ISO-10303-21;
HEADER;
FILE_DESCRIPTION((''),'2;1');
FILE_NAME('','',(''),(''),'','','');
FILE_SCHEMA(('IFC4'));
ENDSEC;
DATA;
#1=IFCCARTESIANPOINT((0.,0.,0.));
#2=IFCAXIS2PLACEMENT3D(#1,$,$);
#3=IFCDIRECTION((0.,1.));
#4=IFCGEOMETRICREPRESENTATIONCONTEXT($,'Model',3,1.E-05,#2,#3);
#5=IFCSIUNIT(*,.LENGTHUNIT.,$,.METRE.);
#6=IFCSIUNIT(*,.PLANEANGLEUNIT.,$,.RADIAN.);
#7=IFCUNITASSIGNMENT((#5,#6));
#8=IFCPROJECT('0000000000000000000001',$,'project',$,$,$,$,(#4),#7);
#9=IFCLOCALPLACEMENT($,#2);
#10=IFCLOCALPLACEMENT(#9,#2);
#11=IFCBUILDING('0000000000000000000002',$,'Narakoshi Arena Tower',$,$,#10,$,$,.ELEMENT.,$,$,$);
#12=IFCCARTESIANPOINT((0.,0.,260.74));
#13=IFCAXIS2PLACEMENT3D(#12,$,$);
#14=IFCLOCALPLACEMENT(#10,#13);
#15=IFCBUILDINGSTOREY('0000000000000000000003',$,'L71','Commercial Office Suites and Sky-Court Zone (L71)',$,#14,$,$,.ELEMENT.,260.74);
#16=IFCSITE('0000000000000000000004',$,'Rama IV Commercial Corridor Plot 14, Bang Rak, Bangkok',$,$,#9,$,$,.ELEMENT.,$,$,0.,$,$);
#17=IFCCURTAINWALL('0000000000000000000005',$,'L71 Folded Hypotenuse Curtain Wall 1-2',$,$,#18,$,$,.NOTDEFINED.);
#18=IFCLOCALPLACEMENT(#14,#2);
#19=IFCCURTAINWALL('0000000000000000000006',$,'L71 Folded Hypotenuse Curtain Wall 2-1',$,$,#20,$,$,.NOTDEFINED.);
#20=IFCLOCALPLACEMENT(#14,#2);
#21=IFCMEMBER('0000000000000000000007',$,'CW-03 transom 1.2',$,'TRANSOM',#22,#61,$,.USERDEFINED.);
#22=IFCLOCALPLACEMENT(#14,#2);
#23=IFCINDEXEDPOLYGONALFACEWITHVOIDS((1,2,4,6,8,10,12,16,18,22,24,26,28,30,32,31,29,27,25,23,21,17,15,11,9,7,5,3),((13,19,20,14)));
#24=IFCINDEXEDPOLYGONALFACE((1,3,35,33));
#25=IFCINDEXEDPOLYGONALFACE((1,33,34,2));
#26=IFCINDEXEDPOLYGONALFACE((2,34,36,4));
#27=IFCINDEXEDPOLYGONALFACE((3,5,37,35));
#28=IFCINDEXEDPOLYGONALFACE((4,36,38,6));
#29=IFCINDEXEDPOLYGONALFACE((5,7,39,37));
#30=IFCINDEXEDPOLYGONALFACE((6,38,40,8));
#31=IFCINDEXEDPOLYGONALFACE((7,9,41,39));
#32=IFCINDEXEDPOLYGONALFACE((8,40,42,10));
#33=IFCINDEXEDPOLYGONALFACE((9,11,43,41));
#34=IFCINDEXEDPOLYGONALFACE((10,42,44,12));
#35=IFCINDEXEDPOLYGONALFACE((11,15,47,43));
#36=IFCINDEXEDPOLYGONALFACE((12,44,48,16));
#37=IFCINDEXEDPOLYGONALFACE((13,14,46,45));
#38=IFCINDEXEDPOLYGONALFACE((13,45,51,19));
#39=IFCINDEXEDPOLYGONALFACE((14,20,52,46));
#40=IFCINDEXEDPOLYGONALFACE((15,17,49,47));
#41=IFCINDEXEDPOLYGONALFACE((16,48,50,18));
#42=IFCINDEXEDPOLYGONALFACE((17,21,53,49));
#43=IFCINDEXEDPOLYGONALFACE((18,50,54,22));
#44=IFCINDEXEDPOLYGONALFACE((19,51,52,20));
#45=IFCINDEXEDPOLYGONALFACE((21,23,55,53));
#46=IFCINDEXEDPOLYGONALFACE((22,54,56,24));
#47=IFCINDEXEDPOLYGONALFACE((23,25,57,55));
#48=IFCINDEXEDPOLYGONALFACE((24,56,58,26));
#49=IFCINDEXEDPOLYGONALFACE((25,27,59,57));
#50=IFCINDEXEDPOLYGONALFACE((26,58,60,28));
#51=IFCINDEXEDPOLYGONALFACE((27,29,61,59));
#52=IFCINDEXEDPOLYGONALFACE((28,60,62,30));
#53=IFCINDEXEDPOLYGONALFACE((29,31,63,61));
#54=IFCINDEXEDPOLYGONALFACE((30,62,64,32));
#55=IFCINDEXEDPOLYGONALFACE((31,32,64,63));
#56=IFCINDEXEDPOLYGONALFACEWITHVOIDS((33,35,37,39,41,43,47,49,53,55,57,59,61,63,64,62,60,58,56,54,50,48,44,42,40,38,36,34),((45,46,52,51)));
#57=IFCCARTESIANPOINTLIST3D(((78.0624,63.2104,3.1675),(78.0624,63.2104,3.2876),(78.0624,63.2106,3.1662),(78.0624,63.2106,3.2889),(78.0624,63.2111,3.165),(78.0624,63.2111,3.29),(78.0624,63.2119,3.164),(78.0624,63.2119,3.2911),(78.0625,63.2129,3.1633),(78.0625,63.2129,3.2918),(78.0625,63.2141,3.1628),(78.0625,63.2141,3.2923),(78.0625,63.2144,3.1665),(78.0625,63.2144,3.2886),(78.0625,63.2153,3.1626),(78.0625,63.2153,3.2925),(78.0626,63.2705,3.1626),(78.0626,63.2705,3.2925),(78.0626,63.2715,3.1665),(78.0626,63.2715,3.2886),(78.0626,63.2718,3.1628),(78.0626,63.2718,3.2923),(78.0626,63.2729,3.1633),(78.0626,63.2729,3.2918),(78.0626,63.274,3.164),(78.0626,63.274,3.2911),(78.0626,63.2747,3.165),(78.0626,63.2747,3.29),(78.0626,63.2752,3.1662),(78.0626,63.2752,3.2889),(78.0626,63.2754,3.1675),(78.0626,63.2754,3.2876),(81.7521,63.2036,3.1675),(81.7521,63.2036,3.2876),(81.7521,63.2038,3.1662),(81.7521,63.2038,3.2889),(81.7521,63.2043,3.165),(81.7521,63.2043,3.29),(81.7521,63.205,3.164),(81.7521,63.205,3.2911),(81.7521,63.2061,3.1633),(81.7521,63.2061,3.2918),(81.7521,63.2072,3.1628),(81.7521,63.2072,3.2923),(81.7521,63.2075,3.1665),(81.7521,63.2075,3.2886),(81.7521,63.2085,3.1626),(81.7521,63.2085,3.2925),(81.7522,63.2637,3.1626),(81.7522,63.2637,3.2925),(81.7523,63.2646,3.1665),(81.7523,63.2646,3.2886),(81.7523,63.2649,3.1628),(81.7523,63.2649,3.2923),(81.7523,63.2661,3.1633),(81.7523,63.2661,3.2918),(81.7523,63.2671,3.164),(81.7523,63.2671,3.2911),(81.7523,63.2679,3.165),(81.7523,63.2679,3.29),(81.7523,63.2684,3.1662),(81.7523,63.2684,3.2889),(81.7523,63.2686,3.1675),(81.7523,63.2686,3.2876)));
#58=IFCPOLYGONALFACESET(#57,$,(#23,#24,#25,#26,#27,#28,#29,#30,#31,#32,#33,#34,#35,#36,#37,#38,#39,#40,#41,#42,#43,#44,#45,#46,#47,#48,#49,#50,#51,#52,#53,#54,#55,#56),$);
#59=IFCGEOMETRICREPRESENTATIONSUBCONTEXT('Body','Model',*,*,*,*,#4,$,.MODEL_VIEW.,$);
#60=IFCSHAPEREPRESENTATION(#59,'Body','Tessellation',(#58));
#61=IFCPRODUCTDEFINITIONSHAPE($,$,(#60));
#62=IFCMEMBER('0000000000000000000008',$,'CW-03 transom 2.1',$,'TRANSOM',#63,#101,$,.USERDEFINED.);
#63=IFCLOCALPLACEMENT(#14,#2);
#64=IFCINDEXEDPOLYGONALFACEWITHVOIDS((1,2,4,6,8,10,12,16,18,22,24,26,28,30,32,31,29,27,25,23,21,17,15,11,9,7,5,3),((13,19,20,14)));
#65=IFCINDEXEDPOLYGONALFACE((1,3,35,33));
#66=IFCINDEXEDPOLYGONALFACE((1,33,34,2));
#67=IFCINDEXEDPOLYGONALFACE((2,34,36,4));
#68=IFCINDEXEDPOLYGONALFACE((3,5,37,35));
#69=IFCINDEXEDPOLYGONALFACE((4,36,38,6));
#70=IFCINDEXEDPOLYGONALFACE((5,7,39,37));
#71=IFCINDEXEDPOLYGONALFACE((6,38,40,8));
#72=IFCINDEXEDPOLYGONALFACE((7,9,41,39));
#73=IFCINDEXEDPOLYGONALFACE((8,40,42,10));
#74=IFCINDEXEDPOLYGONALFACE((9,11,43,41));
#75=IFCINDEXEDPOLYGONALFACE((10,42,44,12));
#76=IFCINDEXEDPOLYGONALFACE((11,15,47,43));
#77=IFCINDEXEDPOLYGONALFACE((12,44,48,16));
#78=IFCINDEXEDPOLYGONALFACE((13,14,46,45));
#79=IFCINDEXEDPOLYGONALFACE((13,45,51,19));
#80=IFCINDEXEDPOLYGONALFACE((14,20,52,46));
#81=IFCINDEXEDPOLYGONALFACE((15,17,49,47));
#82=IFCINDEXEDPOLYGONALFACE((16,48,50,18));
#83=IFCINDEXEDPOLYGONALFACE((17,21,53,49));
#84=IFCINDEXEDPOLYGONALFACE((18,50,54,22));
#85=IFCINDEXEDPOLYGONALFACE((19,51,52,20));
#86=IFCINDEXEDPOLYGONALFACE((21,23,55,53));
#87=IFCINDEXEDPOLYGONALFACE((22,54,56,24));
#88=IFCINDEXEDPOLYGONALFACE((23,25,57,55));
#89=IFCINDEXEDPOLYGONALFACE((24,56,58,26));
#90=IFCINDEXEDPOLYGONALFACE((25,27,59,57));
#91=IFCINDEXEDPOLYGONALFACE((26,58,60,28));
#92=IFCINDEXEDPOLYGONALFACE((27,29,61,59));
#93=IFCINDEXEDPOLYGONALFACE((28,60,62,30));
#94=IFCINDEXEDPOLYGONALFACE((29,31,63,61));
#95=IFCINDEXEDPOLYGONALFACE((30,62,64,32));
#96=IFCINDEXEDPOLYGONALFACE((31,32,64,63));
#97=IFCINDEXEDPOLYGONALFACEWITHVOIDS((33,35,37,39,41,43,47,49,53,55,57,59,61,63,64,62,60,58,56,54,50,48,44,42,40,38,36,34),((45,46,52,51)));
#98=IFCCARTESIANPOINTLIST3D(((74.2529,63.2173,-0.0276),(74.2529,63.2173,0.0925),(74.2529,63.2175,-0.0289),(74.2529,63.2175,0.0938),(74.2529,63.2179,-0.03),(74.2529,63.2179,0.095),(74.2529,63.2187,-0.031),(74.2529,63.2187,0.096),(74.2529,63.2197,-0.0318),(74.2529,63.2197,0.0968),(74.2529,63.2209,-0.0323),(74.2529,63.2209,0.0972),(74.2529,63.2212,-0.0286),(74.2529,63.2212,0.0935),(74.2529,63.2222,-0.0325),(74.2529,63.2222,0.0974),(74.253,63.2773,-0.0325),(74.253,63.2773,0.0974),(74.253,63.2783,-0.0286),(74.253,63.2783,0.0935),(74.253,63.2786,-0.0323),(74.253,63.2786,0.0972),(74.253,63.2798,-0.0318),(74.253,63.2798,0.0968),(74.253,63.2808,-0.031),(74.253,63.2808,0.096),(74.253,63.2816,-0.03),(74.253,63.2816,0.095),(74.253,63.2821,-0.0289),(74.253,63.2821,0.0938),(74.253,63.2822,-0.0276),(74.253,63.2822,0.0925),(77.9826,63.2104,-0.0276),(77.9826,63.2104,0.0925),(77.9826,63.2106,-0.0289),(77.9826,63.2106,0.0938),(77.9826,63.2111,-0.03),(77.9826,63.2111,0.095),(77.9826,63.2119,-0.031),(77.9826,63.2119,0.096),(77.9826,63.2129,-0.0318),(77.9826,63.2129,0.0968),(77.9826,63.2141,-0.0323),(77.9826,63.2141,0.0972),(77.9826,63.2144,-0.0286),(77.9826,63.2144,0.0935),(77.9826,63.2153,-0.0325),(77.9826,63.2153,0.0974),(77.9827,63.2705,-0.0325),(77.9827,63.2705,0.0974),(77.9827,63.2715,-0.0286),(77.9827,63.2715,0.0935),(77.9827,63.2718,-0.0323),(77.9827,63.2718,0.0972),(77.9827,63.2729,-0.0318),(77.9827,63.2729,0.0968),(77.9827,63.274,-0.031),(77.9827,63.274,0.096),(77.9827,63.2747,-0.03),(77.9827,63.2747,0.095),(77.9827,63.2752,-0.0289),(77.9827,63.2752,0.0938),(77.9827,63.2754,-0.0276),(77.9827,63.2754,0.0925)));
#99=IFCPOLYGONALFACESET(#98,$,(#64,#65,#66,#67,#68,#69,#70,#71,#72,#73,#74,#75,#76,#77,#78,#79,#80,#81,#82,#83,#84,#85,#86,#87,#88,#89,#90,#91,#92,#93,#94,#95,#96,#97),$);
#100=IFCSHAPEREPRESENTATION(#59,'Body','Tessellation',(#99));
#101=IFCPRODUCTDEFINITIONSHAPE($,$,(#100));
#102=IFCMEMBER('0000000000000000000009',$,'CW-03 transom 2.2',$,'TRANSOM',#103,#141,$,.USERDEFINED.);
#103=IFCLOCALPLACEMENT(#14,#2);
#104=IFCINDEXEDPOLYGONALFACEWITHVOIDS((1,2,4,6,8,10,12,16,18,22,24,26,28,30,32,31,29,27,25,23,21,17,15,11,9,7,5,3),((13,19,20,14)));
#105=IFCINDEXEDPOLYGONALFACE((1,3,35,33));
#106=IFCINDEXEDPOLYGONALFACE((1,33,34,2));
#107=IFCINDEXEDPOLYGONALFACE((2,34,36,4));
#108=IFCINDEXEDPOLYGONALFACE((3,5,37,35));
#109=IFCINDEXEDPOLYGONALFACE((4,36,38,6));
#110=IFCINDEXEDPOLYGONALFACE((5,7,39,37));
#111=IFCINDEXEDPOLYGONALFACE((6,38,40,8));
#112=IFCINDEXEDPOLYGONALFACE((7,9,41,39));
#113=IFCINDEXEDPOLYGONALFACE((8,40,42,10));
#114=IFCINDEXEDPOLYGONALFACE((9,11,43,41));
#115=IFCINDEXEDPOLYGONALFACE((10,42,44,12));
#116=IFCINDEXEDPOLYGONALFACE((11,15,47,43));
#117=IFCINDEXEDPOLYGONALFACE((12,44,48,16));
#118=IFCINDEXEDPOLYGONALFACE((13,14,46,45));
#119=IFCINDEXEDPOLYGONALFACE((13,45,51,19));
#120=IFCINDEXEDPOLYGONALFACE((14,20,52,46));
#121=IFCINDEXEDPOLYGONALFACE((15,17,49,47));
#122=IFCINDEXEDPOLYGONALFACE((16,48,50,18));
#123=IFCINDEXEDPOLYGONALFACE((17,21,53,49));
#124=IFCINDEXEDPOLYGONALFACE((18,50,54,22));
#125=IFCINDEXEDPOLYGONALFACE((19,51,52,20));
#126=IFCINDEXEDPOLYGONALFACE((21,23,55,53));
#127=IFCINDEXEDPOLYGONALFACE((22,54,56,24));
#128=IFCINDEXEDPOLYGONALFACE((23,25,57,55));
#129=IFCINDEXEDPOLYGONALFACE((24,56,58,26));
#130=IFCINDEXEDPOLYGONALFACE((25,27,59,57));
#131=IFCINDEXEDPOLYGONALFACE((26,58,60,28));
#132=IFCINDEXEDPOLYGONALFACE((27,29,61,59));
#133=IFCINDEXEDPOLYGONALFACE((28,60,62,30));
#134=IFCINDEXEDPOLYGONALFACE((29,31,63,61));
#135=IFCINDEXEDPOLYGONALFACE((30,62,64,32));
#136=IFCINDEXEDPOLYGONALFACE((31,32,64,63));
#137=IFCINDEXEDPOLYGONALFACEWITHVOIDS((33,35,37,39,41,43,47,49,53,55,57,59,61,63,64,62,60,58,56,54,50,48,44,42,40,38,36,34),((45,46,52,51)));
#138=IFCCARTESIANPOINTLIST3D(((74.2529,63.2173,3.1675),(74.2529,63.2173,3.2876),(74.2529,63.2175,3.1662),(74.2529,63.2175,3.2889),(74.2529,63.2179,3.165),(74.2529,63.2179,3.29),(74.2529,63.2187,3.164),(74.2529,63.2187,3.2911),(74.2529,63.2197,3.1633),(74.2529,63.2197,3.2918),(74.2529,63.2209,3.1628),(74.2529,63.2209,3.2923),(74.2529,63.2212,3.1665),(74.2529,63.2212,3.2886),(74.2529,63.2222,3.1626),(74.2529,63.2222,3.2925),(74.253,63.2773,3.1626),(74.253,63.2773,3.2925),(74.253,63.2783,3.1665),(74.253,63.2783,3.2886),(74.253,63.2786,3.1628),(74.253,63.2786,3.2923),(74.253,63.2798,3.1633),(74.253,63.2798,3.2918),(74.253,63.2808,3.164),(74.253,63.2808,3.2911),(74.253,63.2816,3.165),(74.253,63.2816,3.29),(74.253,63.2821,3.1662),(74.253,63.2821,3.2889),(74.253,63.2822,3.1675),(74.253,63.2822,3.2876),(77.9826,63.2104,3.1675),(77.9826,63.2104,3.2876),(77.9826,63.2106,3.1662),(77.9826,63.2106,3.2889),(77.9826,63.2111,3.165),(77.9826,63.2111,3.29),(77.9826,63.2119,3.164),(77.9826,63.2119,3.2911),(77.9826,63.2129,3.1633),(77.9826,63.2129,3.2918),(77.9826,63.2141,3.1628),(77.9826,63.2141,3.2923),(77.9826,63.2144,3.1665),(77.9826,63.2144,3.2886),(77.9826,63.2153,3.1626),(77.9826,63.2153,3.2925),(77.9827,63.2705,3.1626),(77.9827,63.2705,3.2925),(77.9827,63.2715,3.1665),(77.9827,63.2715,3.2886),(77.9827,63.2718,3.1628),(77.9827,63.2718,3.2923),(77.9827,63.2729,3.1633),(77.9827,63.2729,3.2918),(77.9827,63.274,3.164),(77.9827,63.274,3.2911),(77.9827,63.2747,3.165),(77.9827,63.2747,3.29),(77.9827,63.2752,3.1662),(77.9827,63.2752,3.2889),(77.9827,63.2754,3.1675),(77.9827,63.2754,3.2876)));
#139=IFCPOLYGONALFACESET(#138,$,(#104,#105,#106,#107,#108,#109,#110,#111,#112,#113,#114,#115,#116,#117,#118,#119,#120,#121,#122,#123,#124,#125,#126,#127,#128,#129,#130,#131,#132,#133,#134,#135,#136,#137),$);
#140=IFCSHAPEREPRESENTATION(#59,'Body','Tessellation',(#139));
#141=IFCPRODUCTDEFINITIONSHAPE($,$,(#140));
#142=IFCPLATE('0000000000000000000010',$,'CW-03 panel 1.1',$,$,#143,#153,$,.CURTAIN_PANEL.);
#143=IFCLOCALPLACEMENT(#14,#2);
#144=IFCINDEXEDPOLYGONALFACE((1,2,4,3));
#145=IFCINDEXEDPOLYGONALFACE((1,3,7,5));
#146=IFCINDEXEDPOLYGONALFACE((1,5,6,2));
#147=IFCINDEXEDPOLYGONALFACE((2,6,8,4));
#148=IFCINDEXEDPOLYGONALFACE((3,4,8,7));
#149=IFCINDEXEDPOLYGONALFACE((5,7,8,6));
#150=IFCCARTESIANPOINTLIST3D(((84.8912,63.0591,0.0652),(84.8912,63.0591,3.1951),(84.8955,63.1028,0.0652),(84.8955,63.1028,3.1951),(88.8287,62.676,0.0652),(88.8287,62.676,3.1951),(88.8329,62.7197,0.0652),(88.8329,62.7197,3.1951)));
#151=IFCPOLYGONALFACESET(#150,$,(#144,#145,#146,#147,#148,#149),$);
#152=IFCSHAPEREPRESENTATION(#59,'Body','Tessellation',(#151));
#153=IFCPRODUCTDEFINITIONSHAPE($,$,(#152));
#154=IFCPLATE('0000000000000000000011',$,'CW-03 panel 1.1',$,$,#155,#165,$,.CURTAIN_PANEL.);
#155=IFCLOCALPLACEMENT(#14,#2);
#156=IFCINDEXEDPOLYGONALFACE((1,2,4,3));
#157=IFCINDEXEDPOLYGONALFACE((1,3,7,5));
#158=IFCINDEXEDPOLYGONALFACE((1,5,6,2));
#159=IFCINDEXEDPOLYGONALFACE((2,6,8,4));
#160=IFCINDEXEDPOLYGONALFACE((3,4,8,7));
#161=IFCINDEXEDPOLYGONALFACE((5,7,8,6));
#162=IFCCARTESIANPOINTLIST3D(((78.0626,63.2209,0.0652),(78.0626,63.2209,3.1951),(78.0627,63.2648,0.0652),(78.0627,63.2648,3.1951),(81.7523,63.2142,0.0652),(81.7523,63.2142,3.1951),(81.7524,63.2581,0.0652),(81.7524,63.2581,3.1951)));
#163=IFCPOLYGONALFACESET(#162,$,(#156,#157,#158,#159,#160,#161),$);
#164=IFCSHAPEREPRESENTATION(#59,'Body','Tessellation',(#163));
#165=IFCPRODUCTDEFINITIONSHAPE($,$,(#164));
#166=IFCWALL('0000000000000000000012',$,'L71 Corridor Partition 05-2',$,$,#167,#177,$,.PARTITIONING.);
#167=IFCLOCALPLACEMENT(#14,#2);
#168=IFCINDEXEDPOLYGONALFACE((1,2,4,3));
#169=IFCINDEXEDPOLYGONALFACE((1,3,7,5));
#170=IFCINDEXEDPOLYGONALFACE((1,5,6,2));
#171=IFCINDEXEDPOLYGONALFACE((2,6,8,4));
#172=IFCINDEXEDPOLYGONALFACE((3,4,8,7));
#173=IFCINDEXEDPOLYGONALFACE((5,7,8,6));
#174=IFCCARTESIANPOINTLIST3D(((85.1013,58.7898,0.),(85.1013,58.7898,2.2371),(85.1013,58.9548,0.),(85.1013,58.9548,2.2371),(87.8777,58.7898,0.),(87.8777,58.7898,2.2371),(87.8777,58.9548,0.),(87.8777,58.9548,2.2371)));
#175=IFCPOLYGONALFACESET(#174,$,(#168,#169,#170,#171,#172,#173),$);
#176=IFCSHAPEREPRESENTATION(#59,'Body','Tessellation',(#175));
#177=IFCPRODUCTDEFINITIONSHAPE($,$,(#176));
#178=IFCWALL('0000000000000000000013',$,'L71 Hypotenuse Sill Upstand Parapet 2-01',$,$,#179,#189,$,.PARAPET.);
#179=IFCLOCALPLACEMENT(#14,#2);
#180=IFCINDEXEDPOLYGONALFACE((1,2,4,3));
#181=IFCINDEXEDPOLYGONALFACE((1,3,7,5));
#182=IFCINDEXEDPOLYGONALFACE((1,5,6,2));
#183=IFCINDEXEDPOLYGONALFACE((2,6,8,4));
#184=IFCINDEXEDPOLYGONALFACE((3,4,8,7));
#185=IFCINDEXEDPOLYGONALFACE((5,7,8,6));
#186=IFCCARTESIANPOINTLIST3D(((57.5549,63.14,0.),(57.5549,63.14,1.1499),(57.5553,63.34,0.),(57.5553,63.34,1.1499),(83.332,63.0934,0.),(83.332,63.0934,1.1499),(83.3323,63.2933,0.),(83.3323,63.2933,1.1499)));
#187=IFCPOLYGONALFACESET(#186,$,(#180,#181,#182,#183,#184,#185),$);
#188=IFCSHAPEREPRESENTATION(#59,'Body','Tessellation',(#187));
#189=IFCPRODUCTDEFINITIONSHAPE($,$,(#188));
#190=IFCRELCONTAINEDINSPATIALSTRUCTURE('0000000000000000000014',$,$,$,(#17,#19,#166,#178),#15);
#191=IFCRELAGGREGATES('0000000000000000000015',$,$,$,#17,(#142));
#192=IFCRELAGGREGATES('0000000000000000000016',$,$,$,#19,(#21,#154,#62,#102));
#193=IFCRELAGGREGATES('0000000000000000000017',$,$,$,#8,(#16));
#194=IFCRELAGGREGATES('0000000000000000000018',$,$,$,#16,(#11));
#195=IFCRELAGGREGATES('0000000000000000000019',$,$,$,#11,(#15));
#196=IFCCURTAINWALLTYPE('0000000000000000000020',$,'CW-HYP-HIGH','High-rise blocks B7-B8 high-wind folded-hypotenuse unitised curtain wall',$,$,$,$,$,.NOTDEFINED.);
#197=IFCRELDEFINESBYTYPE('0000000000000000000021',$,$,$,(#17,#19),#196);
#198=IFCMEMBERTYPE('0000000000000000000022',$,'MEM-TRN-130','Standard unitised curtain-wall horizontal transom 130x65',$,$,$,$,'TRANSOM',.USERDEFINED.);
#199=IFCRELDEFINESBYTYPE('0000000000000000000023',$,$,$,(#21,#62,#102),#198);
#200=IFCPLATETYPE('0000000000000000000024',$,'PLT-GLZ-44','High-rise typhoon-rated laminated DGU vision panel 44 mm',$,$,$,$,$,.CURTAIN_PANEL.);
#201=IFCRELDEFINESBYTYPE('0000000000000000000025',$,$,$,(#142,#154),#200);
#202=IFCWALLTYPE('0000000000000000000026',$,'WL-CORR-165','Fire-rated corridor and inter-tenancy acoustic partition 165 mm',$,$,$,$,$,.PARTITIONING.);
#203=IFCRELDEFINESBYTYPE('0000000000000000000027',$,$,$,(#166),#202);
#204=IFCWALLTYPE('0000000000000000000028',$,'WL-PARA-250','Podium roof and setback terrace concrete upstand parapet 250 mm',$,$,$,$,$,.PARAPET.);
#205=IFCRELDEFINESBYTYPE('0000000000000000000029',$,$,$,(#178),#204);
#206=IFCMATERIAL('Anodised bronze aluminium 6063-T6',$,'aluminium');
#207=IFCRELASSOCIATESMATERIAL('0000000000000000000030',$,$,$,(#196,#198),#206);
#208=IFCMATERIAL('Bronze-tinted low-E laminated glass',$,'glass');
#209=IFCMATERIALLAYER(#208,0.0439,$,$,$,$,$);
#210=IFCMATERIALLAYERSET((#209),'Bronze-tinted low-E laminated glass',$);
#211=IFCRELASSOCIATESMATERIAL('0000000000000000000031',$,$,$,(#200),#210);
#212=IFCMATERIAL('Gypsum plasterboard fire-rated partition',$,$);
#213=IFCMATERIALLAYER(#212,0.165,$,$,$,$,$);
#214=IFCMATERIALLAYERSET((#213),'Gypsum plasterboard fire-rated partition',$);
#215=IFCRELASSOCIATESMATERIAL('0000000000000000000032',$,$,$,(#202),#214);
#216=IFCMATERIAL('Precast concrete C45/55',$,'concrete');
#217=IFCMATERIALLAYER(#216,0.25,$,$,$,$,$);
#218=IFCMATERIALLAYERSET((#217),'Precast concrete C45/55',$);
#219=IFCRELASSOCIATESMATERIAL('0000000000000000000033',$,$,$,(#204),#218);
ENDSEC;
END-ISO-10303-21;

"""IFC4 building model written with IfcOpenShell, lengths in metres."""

from ifc_helpers import new_model, si_unit, direction, frame, frame_2d, origin, origin_2d, place, context, subcontext, project, spatial, rectangle, hollow_rectangle, extrude, material, layer, layer_set, material_profile, profile_set, type_object, element, aggregate, save


model = new_model("IFC4")

# Units and contexts
model_context = context("Model", 3, precision=1e-05, world=origin(), true_north=direction((0.0, 1.0)))
body_context = subcontext(model_context, "Body", "Model", "MODEL_VIEW")
ifc_project = project(units=[si_unit("LENGTHUNIT", "METRE"), si_unit("PLANEANGLEUNIT", "RADIAN")], contexts=[model_context])

# Site, building, storey
site_placement = place(None, origin())
site = spatial("IfcSite", under=ifc_project, at=site_placement, Name="Rama IV Commercial Corridor Plot 14, Bang Rak, Bangkok", CompositionType="ELEMENT", RefElevation=0.0)
building_placement = place(site_placement, origin())
building = spatial("IfcBuilding", under=site, at=building_placement, Name="Narakoshi Arena Tower", CompositionType="ELEMENT")
storey_placement = place(building_placement, frame((0.0, 0.0, 260.74)))
storey = spatial("IfcBuildingStorey", under=building, at=storey_placement, Name="L71", Description="Commercial Office Suites and Sky-Court Zone (L71)", CompositionType="ELEMENT", Elevation=260.74)

# Curtain wall
ifc_material_1 = material(Name="Anodised bronze aluminium 6063-T6", Category="aluminium")
curtain_wall_type = type_object("IfcCurtainWallType", Name="CW-HYP-HIGH", Description="High-rise blocks B7-B8 high-wind folded-hypotenuse unitised curtain wall", PredefinedType="NOTDEFINED", material=ifc_material_1)
curtain_wall_1_placement = place(storey_placement, origin())
curtain_wall_1 = element("IfcCurtainWall", 1, at=curtain_wall_1_placement, inside=storey, type_object=curtain_wall_type, Name="L71 Folded Hypotenuse Curtain Wall 1-2", PredefinedType="NOTDEFINED")

# Curtain wall, members
curtain_wall_2_placement = place(storey_placement, origin())
curtain_wall_2 = element("IfcCurtainWall", 2, at=curtain_wall_2_placement, inside=storey, type_object=curtain_wall_type, Name="L71 Folded Hypotenuse Curtain Wall 2-1", PredefinedType="NOTDEFINED")
ifc_material_profile_1 = material_profile(ifc_material_1, hollow_rectangle(XDim=0.0649, YDim=0.1299, WallThickness=0.0039, OuterFilletRadius=0.0049, at=origin_2d()), Name="TRN130x65x4")
ifc_profile_set_1 = profile_set([ifc_material_profile_1], Name="Anodised bronze aluminium 6063-T6")
member_type_1 = type_object("IfcMemberType", Name="MEM-TRN-130", Description="Standard unitised curtain-wall horizontal transom 130x65", ElementType="TRANSOM", PredefinedType="USERDEFINED", material=ifc_profile_set_1)
member_1_placement = place(storey_placement, frame((81.7522, 63.2361, 3.2275), z_axis=(-0.999998, 0.001853, 0.0), x_axis=(-0.001853, -0.999998, 0.0)))
member_1 = element("IfcMember", 3, at=member_1_placement, type_object=member_type_1, Name="CW-03 transom 1.2", ObjectType="TRANSOM", PredefinedType="USERDEFINED", context=body_context, shape_type="SweptSolid", body=[
    extrude(hollow_rectangle(XDim=0.0649, YDim=0.1299, WallThickness=0.0039, OuterFilletRadius=0.0049, at=origin_2d()), origin(), (0.0, 0.0, 1.0), 3.6897),
])
member_2_placement = place(storey_placement, frame((77.9827, 63.2429, 0.0325), z_axis=(-0.999998, 0.001833, 0.0), x_axis=(-0.001833, -0.999998, 0.0)))
member_2 = element("IfcMember", 4, at=member_2_placement, type_object=member_type_1, Name="CW-03 transom 2.1", ObjectType="TRANSOM", PredefinedType="USERDEFINED", context=body_context, shape_type="SweptSolid", body=[
    extrude(hollow_rectangle(XDim=0.0649, YDim=0.1299, WallThickness=0.0039, OuterFilletRadius=0.0049, at=origin_2d()), origin(), (0.0, 0.0, 1.0), 3.7297),
])
member_3_placement = place(storey_placement, frame((77.9827, 63.2429, 3.2275), z_axis=(-0.999998, 0.001833, 0.0), x_axis=(-0.001833, -0.999998, 0.0)))
member_3 = element("IfcMember", 5, at=member_3_placement, type_object=member_type_1, Name="CW-03 transom 2.2", ObjectType="TRANSOM", PredefinedType="USERDEFINED", context=body_context, shape_type="SweptSolid", body=[
    extrude(hollow_rectangle(XDim=0.0649, YDim=0.1299, WallThickness=0.0039, OuterFilletRadius=0.0049, at=origin_2d()), origin(), (0.0, 0.0, 1.0), 3.7297),
])

# Plates
ifc_material_2 = material(Name="Bronze-tinted low-E laminated glass", Category="glass")
ifc_layer_1 = layer(ifc_material_2, 0.0439)
ifc_layer_set_1 = layer_set([ifc_layer_1], Name="Bronze-tinted low-E laminated glass")
plate_type = type_object("IfcPlateType", Name="PLT-GLZ-44", Description="High-rise typhoon-rated laminated DGU vision panel 44 mm", PredefinedType="CURTAIN_PANEL", material=ifc_layer_set_1)
plate_1_placement = place(storey_placement, frame((86.8621, 62.8894, 0.0652), z_axis=(0.0, 0.0, 1.0), x_axis=(-0.9953, 0.096843, 0.0)))
plate_1 = element("IfcPlate", 6, at=plate_1_placement, type_object=plate_type, Name="CW-03 panel 1.1", PredefinedType="CURTAIN_PANEL", context=body_context, shape_type="SweptSolid", body=[
    extrude(rectangle(XDim=3.9561, YDim=0.0439, at=origin_2d()), origin(), (0.0, 0.0, 1.0), 3.1299),
])
aggregate(curtain_wall_1, [plate_1])
plate_2_placement = place(storey_placement, frame((79.9075, 63.2395, 0.0652), z_axis=(0.0, 0.0, 1.0), x_axis=(-0.999998, 0.00182, 0.0)))
plate_2 = element("IfcPlate", 7, at=plate_2_placement, type_object=plate_type, Name="CW-03 panel 1.1", PredefinedType="CURTAIN_PANEL", context=body_context, shape_type="SweptSolid", body=[
    extrude(rectangle(XDim=3.6897, YDim=0.0439, at=origin_2d()), origin(), (0.0, 0.0, 1.0), 3.1299),
])
aggregate(curtain_wall_2, [member_1, plate_2, member_2, member_3])

# Walls
ifc_material_3 = material(Name="Gypsum plasterboard fire-rated partition")
ifc_layer_2 = layer(ifc_material_3, 0.165)
ifc_layer_set_2 = layer_set([ifc_layer_2], Name="Gypsum plasterboard fire-rated partition")
wall_type_1 = type_object("IfcWallType", Name="WL-CORR-165", Description="Fire-rated corridor and inter-tenancy acoustic partition 165 mm", PredefinedType="PARTITIONING", material=ifc_layer_set_2)
wall_1_placement = place(storey_placement, frame((87.8777, 58.8723, 0.0), z_axis=(0.0, 0.0, 1.0), x_axis=(-1.0, 0.0, 0.0)))
element("IfcWall", 8, at=wall_1_placement, inside=storey, type_object=wall_type_1, Name="L71 Corridor Partition 05-2", PredefinedType="PARTITIONING", context=body_context, shape_type="SweptSolid", body=[
    extrude(rectangle(XDim=2.7764, YDim=0.165, at=frame_2d((1.3882, 0.0))), origin(), (0.0, 0.0, 1.0), 2.2371),
])
ifc_material_4 = material(Name="Precast concrete C45/55", Category="concrete")
ifc_layer_3 = layer(ifc_material_4, 0.25)
ifc_layer_set_3 = layer_set([ifc_layer_3], Name="Precast concrete C45/55")
wall_type_2 = type_object("IfcWallType", Name="WL-PARA-250", Description="Podium roof and setback terrace concrete upstand parapet 250 mm", PredefinedType="PARAPET", material=ifc_layer_set_3)
wall_2_placement = place(storey_placement, frame((83.3323, 63.1934, 0.0), z_axis=(0.0, 0.0, 1.0), x_axis=(-0.999998, 0.001809, 0.0)))
element("IfcWall", 9, at=wall_2_placement, inside=storey, type_object=wall_type_2, Name="L71 Hypotenuse Sill Upstand Parapet 2-01", PredefinedType="PARAPET", context=body_context, shape_type="SweptSolid", body=[
    extrude(rectangle(XDim=25.7771, YDim=0.2, at=frame_2d((12.8887, 0.0))), origin(), (0.0, 0.0, 1.0), 1.1499),
])

save(model, "model.ifc")
